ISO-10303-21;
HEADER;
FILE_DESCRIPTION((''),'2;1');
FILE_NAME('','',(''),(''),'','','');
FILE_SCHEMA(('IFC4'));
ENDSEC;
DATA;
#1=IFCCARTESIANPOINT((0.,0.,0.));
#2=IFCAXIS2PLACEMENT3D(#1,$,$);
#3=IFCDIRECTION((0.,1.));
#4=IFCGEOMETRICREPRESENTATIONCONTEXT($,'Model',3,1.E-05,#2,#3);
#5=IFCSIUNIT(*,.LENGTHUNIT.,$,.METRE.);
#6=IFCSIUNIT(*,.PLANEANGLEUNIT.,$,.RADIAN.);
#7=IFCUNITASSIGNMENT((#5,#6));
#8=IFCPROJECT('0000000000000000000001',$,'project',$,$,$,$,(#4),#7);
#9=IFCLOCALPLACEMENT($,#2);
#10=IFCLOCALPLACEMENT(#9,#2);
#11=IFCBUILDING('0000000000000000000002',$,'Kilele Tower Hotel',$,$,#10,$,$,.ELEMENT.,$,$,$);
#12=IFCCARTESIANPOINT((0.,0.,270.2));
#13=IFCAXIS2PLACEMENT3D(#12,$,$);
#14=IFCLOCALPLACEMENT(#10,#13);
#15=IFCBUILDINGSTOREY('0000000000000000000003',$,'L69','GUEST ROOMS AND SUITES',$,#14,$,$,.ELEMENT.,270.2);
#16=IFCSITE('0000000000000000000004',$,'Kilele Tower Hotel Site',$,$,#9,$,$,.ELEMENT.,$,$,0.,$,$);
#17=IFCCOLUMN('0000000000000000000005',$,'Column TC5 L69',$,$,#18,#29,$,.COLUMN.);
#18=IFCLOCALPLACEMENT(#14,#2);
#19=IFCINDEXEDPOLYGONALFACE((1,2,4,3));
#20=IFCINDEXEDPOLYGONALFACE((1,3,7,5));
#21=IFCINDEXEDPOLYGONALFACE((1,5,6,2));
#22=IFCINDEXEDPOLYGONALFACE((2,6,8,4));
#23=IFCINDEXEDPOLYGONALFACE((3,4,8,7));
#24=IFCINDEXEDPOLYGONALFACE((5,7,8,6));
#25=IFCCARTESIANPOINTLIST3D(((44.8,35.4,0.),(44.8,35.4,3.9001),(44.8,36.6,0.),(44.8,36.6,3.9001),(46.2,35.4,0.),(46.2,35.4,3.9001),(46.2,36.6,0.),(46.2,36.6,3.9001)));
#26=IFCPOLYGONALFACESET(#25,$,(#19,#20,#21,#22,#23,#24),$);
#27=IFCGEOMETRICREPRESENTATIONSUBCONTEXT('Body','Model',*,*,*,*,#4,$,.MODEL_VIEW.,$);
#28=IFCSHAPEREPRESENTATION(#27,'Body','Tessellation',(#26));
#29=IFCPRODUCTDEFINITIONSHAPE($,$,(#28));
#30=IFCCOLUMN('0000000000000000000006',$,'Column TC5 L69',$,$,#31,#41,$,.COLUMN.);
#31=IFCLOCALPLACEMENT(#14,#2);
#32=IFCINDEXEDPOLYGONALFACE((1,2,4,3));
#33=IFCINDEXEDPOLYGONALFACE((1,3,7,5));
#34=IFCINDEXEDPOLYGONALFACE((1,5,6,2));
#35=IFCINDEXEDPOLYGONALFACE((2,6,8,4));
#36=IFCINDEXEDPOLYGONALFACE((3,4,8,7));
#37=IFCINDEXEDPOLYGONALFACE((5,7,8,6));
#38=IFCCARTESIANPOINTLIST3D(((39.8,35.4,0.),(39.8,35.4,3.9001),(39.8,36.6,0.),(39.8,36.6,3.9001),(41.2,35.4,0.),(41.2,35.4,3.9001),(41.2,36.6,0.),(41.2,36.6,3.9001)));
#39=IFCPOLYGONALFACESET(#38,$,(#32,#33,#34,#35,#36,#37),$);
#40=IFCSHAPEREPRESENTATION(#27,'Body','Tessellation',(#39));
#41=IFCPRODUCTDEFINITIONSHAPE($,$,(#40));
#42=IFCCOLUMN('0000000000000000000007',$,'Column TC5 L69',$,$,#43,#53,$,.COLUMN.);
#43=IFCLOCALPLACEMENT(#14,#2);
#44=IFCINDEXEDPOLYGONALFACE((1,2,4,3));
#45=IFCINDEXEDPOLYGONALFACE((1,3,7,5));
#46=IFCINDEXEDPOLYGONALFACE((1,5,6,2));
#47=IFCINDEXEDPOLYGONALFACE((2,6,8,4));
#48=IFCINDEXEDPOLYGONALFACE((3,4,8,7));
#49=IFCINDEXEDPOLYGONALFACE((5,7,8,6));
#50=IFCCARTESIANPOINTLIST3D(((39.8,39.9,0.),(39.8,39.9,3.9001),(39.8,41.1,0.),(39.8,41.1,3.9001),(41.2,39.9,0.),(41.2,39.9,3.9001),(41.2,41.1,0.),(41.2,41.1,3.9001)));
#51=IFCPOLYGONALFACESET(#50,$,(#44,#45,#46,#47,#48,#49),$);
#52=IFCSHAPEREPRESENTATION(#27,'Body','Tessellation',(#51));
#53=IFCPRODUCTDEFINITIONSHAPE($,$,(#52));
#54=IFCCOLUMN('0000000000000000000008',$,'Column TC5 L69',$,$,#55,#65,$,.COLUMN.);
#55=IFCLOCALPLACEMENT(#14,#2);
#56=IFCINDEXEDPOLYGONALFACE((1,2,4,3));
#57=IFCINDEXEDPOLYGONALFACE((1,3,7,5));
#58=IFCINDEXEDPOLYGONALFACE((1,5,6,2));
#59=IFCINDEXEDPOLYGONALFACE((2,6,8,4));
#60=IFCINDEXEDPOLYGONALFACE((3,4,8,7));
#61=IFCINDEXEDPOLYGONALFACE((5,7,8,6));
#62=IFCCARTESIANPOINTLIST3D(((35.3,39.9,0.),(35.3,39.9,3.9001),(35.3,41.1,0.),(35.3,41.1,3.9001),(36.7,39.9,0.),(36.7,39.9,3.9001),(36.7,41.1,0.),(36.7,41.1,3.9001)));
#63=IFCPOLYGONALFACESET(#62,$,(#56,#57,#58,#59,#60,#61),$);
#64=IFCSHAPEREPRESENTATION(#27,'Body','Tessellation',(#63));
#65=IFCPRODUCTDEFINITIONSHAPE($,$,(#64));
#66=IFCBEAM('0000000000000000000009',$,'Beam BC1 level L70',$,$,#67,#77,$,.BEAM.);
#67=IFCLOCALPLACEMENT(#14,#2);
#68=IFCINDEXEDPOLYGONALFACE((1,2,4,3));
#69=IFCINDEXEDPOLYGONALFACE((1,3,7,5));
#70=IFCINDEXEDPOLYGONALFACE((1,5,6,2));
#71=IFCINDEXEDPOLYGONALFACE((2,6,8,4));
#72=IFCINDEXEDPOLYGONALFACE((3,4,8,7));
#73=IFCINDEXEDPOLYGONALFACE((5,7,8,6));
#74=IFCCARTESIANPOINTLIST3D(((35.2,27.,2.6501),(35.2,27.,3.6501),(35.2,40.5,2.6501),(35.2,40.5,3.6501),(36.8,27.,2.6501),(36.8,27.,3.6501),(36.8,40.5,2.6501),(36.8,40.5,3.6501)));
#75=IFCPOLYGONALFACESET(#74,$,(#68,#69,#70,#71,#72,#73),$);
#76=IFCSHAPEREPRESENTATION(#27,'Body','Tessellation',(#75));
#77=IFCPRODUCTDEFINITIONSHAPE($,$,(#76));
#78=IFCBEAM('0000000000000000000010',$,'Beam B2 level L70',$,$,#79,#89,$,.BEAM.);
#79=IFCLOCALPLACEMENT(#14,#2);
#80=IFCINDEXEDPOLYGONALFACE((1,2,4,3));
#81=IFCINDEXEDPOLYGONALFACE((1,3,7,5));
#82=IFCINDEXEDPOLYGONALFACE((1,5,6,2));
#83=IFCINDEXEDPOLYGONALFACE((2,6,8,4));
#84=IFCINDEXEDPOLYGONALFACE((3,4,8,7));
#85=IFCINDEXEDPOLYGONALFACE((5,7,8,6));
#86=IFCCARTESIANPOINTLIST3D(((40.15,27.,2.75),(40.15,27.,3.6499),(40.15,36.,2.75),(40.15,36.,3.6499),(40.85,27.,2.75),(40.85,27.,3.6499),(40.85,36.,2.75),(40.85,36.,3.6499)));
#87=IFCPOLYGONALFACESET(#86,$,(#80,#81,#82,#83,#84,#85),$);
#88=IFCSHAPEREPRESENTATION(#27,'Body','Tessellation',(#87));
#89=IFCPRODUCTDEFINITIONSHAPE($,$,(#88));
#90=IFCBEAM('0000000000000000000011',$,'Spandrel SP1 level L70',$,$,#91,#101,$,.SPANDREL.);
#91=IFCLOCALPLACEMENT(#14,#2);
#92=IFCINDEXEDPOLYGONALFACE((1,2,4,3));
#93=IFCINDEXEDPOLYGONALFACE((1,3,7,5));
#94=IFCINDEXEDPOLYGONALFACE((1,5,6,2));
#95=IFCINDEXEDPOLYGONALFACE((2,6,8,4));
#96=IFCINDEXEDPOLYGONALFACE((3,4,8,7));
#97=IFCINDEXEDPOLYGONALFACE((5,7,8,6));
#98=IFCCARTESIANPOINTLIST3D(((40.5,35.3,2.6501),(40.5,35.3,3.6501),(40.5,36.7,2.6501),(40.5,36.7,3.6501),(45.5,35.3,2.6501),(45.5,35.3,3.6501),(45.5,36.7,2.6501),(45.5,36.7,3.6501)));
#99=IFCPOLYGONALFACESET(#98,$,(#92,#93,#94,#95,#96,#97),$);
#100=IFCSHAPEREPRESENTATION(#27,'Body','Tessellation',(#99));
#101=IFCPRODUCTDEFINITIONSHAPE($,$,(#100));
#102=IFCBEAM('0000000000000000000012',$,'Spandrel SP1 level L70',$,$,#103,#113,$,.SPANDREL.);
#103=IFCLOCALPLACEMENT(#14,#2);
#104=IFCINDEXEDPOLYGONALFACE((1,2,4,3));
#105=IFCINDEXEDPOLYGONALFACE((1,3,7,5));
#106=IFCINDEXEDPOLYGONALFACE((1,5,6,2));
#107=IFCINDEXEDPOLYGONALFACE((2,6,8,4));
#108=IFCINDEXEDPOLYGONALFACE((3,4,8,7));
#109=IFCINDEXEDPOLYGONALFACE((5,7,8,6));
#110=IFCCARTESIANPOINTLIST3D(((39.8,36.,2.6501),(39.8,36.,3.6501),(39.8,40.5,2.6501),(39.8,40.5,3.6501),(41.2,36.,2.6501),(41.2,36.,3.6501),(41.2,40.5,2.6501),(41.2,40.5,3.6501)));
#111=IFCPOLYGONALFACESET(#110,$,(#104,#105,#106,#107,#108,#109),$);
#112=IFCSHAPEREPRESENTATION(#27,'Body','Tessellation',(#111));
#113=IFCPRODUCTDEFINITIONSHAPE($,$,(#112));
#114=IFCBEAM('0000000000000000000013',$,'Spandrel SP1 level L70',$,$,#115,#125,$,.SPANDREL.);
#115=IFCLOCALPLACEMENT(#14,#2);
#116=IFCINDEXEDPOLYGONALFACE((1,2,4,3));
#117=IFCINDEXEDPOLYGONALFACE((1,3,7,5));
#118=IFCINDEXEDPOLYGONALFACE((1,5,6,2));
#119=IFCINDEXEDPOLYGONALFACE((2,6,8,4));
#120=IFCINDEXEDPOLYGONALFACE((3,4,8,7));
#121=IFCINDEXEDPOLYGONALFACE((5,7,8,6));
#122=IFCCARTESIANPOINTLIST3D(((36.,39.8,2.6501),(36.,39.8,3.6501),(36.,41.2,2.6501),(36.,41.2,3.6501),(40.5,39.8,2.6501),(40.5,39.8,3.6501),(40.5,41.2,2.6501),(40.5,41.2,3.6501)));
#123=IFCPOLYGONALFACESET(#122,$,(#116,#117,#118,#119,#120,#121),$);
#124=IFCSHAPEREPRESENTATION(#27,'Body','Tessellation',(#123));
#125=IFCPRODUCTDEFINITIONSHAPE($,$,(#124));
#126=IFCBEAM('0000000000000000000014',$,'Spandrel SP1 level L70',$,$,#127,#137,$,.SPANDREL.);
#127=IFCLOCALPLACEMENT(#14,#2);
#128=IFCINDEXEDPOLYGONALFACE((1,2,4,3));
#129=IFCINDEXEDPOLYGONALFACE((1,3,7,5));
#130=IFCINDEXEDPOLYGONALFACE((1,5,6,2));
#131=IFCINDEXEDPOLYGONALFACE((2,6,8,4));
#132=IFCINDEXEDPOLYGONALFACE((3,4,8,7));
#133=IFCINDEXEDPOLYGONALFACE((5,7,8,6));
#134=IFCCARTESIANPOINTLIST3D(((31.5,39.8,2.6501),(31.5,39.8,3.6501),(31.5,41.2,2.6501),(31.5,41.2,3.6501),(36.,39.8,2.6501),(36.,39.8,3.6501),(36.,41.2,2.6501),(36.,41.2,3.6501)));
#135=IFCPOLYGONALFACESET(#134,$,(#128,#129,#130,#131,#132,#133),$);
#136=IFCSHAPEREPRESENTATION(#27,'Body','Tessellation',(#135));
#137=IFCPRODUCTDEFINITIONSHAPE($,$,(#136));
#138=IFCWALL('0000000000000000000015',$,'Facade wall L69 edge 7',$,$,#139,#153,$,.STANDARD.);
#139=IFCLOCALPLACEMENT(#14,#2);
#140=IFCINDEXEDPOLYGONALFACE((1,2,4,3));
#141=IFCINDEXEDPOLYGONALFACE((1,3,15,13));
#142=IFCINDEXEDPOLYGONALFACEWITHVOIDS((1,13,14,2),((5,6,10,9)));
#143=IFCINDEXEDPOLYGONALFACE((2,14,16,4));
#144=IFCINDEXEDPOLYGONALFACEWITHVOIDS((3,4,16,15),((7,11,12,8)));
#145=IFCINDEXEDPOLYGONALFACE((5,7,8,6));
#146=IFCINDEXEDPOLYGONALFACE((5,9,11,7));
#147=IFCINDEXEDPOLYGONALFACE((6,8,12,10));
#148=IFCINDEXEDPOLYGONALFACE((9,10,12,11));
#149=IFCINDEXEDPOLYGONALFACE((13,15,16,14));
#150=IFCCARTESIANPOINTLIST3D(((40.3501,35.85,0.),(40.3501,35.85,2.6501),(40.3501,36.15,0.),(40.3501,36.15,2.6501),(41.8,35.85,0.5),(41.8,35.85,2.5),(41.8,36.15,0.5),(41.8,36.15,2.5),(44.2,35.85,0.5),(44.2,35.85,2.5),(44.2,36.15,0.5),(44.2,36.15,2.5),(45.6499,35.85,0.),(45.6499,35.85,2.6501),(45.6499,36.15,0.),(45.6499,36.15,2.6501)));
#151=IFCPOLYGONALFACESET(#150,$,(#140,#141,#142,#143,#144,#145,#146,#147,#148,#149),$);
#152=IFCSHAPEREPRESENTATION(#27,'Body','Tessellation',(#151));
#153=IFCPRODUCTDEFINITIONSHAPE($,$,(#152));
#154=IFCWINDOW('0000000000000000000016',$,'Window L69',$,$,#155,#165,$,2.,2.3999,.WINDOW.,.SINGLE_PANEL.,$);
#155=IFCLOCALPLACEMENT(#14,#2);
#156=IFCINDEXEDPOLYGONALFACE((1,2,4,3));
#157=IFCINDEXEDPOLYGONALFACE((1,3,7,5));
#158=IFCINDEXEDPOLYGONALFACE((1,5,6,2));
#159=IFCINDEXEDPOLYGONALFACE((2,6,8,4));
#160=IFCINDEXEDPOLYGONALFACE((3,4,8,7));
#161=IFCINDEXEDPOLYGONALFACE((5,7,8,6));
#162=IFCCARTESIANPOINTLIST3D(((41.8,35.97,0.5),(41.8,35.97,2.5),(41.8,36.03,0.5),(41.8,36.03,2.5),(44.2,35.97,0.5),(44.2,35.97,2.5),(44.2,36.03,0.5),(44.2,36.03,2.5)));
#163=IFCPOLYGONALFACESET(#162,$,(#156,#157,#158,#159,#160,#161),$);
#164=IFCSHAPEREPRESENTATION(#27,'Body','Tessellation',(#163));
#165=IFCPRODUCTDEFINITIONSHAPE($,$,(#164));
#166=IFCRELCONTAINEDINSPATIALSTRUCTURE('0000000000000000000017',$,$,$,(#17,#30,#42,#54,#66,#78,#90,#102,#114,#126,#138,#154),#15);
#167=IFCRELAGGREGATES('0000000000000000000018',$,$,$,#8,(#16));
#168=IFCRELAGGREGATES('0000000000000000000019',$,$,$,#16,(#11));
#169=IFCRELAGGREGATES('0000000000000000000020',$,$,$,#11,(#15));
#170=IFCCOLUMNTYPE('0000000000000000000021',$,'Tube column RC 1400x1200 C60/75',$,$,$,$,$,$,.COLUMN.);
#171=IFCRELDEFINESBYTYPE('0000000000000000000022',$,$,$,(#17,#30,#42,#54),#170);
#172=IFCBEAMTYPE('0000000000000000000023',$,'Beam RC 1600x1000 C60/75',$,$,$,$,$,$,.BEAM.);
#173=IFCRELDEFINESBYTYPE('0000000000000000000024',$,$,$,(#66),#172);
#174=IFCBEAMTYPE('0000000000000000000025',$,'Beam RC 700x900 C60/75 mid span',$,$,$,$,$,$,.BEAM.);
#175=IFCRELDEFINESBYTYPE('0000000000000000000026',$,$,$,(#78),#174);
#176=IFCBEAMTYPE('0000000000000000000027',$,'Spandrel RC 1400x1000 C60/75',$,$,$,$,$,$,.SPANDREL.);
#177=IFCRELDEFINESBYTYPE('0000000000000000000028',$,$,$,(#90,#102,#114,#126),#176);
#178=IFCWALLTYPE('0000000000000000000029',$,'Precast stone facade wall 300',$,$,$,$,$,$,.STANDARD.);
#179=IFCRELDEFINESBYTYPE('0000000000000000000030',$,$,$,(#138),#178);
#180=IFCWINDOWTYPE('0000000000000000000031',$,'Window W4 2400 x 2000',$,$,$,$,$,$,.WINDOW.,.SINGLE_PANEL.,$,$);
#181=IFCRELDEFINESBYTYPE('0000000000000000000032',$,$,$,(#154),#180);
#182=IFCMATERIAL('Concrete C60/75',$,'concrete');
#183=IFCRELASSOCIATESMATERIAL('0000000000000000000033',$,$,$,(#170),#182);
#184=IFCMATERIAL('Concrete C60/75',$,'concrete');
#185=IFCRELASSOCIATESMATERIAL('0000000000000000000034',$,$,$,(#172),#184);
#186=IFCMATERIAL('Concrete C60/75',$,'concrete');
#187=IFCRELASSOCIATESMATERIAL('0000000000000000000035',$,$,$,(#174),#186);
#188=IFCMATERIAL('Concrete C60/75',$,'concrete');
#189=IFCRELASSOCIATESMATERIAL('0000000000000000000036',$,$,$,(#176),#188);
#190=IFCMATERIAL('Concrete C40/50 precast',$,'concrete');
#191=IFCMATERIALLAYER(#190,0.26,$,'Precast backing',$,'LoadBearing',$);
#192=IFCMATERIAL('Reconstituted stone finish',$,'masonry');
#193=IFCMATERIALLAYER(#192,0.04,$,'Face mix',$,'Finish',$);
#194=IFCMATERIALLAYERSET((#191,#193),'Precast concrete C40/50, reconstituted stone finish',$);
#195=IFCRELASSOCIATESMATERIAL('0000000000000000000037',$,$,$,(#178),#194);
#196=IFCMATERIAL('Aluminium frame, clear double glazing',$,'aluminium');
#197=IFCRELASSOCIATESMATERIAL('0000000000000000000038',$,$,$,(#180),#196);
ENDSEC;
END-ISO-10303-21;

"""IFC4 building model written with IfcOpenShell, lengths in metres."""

from ifc_helpers import new_model, si_unit, direction, frame, frame_2d, origin, origin_2d, place, context, subcontext, project, spatial, rectangle, extrude, material, layer, layer_set, material_profile, profile_set, type_object, element, fill, save


model = new_model("IFC4")

# Units and contexts
model_context = context("Model", 3, precision=1e-05, world=origin(), true_north=direction((0.0, 1.0)))
body_context = subcontext(model_context, "Body", "Model", "MODEL_VIEW")
ifc_project = project(units=[si_unit("LENGTHUNIT", "METRE"), si_unit("PLANEANGLEUNIT", "RADIAN")], contexts=[model_context])

# Site, building, storey
site_placement = place(None, origin())
site = spatial("IfcSite", under=ifc_project, at=site_placement, Name="Kilele Tower Hotel Site", CompositionType="ELEMENT", RefElevation=0.0)
building_placement = place(site_placement, origin())
building = spatial("IfcBuilding", under=site, at=building_placement, Name="Kilele Tower Hotel", CompositionType="ELEMENT")
storey_placement = place(building_placement, frame((0.0, 0.0, 270.2)))
storey = spatial("IfcBuildingStorey", under=building, at=storey_placement, Name="L69", Description="GUEST ROOMS AND SUITES", CompositionType="ELEMENT", Elevation=270.2)

# Columns
ifc_material_1 = material(Name="Concrete C60/75", Category="concrete")
ifc_material_profile_1 = material_profile(ifc_material_1, rectangle(XDim=1.3999, YDim=1.2, at=origin_2d()))
ifc_profile_set_1 = profile_set([ifc_material_profile_1], Name="Concrete C60/75")
column_type = type_object("IfcColumnType", Name="Tube column RC 1400x1200 C60/75", PredefinedType="COLUMN", material=ifc_profile_set_1)
for number, where, z_axis, x_axis, name in (
    (1, (45.5, 36.0, 0.0), (0.0, 0.0, 1.0), (1.0, 0.0, 0.0), "Column TC5 L69"),
    (2, (40.5, 36.0, 0.0), (0.0, 0.0, 1.0), (1.0, 0.0, 0.0), "Column TC5 L69"),
    (3, (40.5, 40.5, 0.0), (0.0, 0.0, 1.0), (1.0, 0.0, 0.0), "Column TC5 L69"),
    (4, (36.0, 40.5, 0.0), (0.0, 0.0, 1.0), (1.0, 0.0, 0.0), "Column TC5 L69"),
):
    element("IfcColumn", number, at=place(storey_placement, frame(where, z_axis=z_axis, x_axis=x_axis)), inside=storey, type_object=column_type, Name=name, PredefinedType="COLUMN", context=body_context, shape_type="SweptSolid", body=[
        extrude(rectangle(XDim=1.3999, YDim=1.2, at=origin_2d()), origin(), (0.0, 0.0, 1.0), 3.9001),
    ])

# Beams
ifc_material_2 = material(Name="Concrete C60/75", Category="concrete")
ifc_material_profile_2 = material_profile(ifc_material_2, rectangle(XDim=1.6001, YDim=1.0, at=origin_2d()))
ifc_profile_set_2 = profile_set([ifc_material_profile_2], Name="Concrete C60/75")
beam_type_1 = type_object("IfcBeamType", Name="Beam RC 1600x1000 C60/75", PredefinedType="BEAM", material=ifc_profile_set_2)
beam_1_placement = place(storey_placement, frame((36.0, 40.5, 3.1501), z_axis=(0.0, -1.0, 0.0), x_axis=(1.0, 0.0, 0.0)))
element("IfcBeam", 5, at=beam_1_placement, inside=storey, type_object=beam_type_1, Name="Beam BC1 level L70", PredefinedType="BEAM", context=body_context, shape_type="SweptSolid", body=[
    extrude(rectangle(XDim=1.6001, YDim=1.0, at=origin_2d()), origin(), (0.0, 0.0, 1.0), 13.5),
])
ifc_material_3 = material(Name="Concrete C60/75", Category="concrete")
ifc_material_profile_3 = material_profile(ifc_material_3, rectangle(XDim=0.7, YDim=0.8999, at=origin_2d()))
ifc_profile_set_3 = profile_set([ifc_material_profile_3], Name="Concrete C60/75")
beam_type_2 = type_object("IfcBeamType", Name="Beam RC 700x900 C60/75 mid span", PredefinedType="BEAM", material=ifc_profile_set_3)
beam_2_placement = place(storey_placement, frame((40.5, 36.0, 3.2), z_axis=(0.0, -1.0, 0.0), x_axis=(1.0, 0.0, 0.0)))
element("IfcBeam", 6, at=beam_2_placement, inside=storey, type_object=beam_type_2, Name="Beam B2 level L70", PredefinedType="BEAM", context=body_context, shape_type="SweptSolid", body=[
    extrude(rectangle(XDim=0.7, YDim=0.8999, at=origin_2d()), origin(), (0.0, 0.0, 1.0), 9.0),
])
ifc_material_4 = material(Name="Concrete C60/75", Category="concrete")
ifc_material_profile_4 = material_profile(ifc_material_4, rectangle(XDim=1.3999, YDim=1.0, at=origin_2d()))
ifc_profile_set_4 = profile_set([ifc_material_profile_4], Name="Concrete C60/75")
beam_type_3 = type_object("IfcBeamType", Name="Spandrel RC 1400x1000 C60/75", PredefinedType="SPANDREL", material=ifc_profile_set_4)
beam_3_placement = place(storey_placement, frame((45.5, 36.0, 3.1501), z_axis=(-1.0, 0.0, 0.0), x_axis=(0.0, -1.0, 0.0)))
element("IfcBeam", 7, at=beam_3_placement, inside=storey, type_object=beam_type_3, Name="Spandrel SP1 level L70", PredefinedType="SPANDREL", context=body_context, shape_type="SweptSolid", body=[
    extrude(rectangle(XDim=1.3999, YDim=1.0, at=origin_2d()), origin(), (0.0, 0.0, 1.0), 5.0),
])
for number, where, z_axis, x_axis, name in (
    (8, (40.5, 36.0, 3.1501), (0.0, 1.0, 0.0), (-1.0, 0.0, 0.0), "Spandrel SP1 level L70"),
    (9, (40.5, 40.5, 3.1501), (-1.0, 0.0, 0.0), (0.0, -1.0, 0.0), "Spandrel SP1 level L70"),
    (10, (36.0, 40.5, 3.1501), (-1.0, 0.0, 0.0), (0.0, -1.0, 0.0), "Spandrel SP1 level L70"),
):
    element("IfcBeam", number, at=place(storey_placement, frame(where, z_axis=z_axis, x_axis=x_axis)), inside=storey, type_object=beam_type_3, Name=name, PredefinedType="SPANDREL", context=body_context, shape_type="SweptSolid", body=[
        extrude(rectangle(XDim=1.3999, YDim=1.0, at=origin_2d()), origin(), (0.0, 0.0, 1.0), 4.5),
    ])

# Wall, opening, window
ifc_material_5 = material(Name="Concrete C40/50 precast", Category="concrete")
ifc_layer_1 = layer(ifc_material_5, 0.26, Name="Precast backing", Category="LoadBearing")
ifc_material_6 = material(Name="Reconstituted stone finish", Category="masonry")
ifc_layer_2 = layer(ifc_material_6, 0.04, Name="Face mix", Category="Finish")
ifc_layer_set = layer_set([ifc_layer_1, ifc_layer_2], Name="Precast concrete C40/50, reconstituted stone finish")
wall_type = type_object("IfcWallType", Name="Precast stone facade wall 300", PredefinedType="STANDARD", material=ifc_layer_set)
wall_1_placement = place(storey_placement, frame((45.6499, 36.0, 0.0), z_axis=(0.0, 0.0, 1.0), x_axis=(-1.0, 0.0, 0.0)))
wall_1 = element("IfcWall", 11, at=wall_1_placement, inside=storey, type_object=wall_type, Name="Facade wall L69 edge 7", PredefinedType="STANDARD", context=body_context, shape_type="SweptSolid", body=[
    extrude(rectangle(XDim=5.2998, YDim=0.3, at=frame_2d((2.6499, 0.0))), origin(), (0.0, 0.0, 1.0), 2.6501),
])
opening_1_placement = place(wall_1_placement, frame((1.45, 0.0, 0.5)))
opening_1 = element("IfcOpeningElement", 12, at=opening_1_placement, cuts=wall_1, PredefinedType="OPENING", context=body_context, shape_type="SweptSolid", body=[
    extrude(rectangle(XDim=2.3999, YDim=2.0, at=frame_2d((1.2, 1.0))), frame((0.0, 0.1599, 0.0), z_axis=(0.0, -1.0, 0.0), x_axis=(1.0, 0.0, 0.0)), (0.0, 0.0, 1.0), 0.3201),
])
ifc_material_7 = material(Name="Aluminium frame, clear double glazing", Category="aluminium")
window_type = type_object("IfcWindowType", Name="Window W4 2400 x 2000", PartitioningType="SINGLE_PANEL", PredefinedType="WINDOW", material=ifc_material_7)
window_1_placement = place(opening_1_placement, origin())
window_1 = element("IfcWindow", 13, at=window_1_placement, inside=storey, type_object=window_type, Name="Window L69", OverallHeight=2.0, OverallWidth=2.3999, PartitioningType="SINGLE_PANEL", PredefinedType="WINDOW", context=body_context, shape_type="SweptSolid", body=[
    extrude(rectangle(XDim=2.3999, YDim=2.0, at=frame_2d((1.2, 1.0))), frame((0.0, 0.03, 0.0), z_axis=(0.0, -1.0, 0.0), x_axis=(1.0, 0.0, 0.0)), (0.0, 0.0, 1.0), 0.0601),
])
fill(opening_1, window_1)

save(model, "model.ifc")
